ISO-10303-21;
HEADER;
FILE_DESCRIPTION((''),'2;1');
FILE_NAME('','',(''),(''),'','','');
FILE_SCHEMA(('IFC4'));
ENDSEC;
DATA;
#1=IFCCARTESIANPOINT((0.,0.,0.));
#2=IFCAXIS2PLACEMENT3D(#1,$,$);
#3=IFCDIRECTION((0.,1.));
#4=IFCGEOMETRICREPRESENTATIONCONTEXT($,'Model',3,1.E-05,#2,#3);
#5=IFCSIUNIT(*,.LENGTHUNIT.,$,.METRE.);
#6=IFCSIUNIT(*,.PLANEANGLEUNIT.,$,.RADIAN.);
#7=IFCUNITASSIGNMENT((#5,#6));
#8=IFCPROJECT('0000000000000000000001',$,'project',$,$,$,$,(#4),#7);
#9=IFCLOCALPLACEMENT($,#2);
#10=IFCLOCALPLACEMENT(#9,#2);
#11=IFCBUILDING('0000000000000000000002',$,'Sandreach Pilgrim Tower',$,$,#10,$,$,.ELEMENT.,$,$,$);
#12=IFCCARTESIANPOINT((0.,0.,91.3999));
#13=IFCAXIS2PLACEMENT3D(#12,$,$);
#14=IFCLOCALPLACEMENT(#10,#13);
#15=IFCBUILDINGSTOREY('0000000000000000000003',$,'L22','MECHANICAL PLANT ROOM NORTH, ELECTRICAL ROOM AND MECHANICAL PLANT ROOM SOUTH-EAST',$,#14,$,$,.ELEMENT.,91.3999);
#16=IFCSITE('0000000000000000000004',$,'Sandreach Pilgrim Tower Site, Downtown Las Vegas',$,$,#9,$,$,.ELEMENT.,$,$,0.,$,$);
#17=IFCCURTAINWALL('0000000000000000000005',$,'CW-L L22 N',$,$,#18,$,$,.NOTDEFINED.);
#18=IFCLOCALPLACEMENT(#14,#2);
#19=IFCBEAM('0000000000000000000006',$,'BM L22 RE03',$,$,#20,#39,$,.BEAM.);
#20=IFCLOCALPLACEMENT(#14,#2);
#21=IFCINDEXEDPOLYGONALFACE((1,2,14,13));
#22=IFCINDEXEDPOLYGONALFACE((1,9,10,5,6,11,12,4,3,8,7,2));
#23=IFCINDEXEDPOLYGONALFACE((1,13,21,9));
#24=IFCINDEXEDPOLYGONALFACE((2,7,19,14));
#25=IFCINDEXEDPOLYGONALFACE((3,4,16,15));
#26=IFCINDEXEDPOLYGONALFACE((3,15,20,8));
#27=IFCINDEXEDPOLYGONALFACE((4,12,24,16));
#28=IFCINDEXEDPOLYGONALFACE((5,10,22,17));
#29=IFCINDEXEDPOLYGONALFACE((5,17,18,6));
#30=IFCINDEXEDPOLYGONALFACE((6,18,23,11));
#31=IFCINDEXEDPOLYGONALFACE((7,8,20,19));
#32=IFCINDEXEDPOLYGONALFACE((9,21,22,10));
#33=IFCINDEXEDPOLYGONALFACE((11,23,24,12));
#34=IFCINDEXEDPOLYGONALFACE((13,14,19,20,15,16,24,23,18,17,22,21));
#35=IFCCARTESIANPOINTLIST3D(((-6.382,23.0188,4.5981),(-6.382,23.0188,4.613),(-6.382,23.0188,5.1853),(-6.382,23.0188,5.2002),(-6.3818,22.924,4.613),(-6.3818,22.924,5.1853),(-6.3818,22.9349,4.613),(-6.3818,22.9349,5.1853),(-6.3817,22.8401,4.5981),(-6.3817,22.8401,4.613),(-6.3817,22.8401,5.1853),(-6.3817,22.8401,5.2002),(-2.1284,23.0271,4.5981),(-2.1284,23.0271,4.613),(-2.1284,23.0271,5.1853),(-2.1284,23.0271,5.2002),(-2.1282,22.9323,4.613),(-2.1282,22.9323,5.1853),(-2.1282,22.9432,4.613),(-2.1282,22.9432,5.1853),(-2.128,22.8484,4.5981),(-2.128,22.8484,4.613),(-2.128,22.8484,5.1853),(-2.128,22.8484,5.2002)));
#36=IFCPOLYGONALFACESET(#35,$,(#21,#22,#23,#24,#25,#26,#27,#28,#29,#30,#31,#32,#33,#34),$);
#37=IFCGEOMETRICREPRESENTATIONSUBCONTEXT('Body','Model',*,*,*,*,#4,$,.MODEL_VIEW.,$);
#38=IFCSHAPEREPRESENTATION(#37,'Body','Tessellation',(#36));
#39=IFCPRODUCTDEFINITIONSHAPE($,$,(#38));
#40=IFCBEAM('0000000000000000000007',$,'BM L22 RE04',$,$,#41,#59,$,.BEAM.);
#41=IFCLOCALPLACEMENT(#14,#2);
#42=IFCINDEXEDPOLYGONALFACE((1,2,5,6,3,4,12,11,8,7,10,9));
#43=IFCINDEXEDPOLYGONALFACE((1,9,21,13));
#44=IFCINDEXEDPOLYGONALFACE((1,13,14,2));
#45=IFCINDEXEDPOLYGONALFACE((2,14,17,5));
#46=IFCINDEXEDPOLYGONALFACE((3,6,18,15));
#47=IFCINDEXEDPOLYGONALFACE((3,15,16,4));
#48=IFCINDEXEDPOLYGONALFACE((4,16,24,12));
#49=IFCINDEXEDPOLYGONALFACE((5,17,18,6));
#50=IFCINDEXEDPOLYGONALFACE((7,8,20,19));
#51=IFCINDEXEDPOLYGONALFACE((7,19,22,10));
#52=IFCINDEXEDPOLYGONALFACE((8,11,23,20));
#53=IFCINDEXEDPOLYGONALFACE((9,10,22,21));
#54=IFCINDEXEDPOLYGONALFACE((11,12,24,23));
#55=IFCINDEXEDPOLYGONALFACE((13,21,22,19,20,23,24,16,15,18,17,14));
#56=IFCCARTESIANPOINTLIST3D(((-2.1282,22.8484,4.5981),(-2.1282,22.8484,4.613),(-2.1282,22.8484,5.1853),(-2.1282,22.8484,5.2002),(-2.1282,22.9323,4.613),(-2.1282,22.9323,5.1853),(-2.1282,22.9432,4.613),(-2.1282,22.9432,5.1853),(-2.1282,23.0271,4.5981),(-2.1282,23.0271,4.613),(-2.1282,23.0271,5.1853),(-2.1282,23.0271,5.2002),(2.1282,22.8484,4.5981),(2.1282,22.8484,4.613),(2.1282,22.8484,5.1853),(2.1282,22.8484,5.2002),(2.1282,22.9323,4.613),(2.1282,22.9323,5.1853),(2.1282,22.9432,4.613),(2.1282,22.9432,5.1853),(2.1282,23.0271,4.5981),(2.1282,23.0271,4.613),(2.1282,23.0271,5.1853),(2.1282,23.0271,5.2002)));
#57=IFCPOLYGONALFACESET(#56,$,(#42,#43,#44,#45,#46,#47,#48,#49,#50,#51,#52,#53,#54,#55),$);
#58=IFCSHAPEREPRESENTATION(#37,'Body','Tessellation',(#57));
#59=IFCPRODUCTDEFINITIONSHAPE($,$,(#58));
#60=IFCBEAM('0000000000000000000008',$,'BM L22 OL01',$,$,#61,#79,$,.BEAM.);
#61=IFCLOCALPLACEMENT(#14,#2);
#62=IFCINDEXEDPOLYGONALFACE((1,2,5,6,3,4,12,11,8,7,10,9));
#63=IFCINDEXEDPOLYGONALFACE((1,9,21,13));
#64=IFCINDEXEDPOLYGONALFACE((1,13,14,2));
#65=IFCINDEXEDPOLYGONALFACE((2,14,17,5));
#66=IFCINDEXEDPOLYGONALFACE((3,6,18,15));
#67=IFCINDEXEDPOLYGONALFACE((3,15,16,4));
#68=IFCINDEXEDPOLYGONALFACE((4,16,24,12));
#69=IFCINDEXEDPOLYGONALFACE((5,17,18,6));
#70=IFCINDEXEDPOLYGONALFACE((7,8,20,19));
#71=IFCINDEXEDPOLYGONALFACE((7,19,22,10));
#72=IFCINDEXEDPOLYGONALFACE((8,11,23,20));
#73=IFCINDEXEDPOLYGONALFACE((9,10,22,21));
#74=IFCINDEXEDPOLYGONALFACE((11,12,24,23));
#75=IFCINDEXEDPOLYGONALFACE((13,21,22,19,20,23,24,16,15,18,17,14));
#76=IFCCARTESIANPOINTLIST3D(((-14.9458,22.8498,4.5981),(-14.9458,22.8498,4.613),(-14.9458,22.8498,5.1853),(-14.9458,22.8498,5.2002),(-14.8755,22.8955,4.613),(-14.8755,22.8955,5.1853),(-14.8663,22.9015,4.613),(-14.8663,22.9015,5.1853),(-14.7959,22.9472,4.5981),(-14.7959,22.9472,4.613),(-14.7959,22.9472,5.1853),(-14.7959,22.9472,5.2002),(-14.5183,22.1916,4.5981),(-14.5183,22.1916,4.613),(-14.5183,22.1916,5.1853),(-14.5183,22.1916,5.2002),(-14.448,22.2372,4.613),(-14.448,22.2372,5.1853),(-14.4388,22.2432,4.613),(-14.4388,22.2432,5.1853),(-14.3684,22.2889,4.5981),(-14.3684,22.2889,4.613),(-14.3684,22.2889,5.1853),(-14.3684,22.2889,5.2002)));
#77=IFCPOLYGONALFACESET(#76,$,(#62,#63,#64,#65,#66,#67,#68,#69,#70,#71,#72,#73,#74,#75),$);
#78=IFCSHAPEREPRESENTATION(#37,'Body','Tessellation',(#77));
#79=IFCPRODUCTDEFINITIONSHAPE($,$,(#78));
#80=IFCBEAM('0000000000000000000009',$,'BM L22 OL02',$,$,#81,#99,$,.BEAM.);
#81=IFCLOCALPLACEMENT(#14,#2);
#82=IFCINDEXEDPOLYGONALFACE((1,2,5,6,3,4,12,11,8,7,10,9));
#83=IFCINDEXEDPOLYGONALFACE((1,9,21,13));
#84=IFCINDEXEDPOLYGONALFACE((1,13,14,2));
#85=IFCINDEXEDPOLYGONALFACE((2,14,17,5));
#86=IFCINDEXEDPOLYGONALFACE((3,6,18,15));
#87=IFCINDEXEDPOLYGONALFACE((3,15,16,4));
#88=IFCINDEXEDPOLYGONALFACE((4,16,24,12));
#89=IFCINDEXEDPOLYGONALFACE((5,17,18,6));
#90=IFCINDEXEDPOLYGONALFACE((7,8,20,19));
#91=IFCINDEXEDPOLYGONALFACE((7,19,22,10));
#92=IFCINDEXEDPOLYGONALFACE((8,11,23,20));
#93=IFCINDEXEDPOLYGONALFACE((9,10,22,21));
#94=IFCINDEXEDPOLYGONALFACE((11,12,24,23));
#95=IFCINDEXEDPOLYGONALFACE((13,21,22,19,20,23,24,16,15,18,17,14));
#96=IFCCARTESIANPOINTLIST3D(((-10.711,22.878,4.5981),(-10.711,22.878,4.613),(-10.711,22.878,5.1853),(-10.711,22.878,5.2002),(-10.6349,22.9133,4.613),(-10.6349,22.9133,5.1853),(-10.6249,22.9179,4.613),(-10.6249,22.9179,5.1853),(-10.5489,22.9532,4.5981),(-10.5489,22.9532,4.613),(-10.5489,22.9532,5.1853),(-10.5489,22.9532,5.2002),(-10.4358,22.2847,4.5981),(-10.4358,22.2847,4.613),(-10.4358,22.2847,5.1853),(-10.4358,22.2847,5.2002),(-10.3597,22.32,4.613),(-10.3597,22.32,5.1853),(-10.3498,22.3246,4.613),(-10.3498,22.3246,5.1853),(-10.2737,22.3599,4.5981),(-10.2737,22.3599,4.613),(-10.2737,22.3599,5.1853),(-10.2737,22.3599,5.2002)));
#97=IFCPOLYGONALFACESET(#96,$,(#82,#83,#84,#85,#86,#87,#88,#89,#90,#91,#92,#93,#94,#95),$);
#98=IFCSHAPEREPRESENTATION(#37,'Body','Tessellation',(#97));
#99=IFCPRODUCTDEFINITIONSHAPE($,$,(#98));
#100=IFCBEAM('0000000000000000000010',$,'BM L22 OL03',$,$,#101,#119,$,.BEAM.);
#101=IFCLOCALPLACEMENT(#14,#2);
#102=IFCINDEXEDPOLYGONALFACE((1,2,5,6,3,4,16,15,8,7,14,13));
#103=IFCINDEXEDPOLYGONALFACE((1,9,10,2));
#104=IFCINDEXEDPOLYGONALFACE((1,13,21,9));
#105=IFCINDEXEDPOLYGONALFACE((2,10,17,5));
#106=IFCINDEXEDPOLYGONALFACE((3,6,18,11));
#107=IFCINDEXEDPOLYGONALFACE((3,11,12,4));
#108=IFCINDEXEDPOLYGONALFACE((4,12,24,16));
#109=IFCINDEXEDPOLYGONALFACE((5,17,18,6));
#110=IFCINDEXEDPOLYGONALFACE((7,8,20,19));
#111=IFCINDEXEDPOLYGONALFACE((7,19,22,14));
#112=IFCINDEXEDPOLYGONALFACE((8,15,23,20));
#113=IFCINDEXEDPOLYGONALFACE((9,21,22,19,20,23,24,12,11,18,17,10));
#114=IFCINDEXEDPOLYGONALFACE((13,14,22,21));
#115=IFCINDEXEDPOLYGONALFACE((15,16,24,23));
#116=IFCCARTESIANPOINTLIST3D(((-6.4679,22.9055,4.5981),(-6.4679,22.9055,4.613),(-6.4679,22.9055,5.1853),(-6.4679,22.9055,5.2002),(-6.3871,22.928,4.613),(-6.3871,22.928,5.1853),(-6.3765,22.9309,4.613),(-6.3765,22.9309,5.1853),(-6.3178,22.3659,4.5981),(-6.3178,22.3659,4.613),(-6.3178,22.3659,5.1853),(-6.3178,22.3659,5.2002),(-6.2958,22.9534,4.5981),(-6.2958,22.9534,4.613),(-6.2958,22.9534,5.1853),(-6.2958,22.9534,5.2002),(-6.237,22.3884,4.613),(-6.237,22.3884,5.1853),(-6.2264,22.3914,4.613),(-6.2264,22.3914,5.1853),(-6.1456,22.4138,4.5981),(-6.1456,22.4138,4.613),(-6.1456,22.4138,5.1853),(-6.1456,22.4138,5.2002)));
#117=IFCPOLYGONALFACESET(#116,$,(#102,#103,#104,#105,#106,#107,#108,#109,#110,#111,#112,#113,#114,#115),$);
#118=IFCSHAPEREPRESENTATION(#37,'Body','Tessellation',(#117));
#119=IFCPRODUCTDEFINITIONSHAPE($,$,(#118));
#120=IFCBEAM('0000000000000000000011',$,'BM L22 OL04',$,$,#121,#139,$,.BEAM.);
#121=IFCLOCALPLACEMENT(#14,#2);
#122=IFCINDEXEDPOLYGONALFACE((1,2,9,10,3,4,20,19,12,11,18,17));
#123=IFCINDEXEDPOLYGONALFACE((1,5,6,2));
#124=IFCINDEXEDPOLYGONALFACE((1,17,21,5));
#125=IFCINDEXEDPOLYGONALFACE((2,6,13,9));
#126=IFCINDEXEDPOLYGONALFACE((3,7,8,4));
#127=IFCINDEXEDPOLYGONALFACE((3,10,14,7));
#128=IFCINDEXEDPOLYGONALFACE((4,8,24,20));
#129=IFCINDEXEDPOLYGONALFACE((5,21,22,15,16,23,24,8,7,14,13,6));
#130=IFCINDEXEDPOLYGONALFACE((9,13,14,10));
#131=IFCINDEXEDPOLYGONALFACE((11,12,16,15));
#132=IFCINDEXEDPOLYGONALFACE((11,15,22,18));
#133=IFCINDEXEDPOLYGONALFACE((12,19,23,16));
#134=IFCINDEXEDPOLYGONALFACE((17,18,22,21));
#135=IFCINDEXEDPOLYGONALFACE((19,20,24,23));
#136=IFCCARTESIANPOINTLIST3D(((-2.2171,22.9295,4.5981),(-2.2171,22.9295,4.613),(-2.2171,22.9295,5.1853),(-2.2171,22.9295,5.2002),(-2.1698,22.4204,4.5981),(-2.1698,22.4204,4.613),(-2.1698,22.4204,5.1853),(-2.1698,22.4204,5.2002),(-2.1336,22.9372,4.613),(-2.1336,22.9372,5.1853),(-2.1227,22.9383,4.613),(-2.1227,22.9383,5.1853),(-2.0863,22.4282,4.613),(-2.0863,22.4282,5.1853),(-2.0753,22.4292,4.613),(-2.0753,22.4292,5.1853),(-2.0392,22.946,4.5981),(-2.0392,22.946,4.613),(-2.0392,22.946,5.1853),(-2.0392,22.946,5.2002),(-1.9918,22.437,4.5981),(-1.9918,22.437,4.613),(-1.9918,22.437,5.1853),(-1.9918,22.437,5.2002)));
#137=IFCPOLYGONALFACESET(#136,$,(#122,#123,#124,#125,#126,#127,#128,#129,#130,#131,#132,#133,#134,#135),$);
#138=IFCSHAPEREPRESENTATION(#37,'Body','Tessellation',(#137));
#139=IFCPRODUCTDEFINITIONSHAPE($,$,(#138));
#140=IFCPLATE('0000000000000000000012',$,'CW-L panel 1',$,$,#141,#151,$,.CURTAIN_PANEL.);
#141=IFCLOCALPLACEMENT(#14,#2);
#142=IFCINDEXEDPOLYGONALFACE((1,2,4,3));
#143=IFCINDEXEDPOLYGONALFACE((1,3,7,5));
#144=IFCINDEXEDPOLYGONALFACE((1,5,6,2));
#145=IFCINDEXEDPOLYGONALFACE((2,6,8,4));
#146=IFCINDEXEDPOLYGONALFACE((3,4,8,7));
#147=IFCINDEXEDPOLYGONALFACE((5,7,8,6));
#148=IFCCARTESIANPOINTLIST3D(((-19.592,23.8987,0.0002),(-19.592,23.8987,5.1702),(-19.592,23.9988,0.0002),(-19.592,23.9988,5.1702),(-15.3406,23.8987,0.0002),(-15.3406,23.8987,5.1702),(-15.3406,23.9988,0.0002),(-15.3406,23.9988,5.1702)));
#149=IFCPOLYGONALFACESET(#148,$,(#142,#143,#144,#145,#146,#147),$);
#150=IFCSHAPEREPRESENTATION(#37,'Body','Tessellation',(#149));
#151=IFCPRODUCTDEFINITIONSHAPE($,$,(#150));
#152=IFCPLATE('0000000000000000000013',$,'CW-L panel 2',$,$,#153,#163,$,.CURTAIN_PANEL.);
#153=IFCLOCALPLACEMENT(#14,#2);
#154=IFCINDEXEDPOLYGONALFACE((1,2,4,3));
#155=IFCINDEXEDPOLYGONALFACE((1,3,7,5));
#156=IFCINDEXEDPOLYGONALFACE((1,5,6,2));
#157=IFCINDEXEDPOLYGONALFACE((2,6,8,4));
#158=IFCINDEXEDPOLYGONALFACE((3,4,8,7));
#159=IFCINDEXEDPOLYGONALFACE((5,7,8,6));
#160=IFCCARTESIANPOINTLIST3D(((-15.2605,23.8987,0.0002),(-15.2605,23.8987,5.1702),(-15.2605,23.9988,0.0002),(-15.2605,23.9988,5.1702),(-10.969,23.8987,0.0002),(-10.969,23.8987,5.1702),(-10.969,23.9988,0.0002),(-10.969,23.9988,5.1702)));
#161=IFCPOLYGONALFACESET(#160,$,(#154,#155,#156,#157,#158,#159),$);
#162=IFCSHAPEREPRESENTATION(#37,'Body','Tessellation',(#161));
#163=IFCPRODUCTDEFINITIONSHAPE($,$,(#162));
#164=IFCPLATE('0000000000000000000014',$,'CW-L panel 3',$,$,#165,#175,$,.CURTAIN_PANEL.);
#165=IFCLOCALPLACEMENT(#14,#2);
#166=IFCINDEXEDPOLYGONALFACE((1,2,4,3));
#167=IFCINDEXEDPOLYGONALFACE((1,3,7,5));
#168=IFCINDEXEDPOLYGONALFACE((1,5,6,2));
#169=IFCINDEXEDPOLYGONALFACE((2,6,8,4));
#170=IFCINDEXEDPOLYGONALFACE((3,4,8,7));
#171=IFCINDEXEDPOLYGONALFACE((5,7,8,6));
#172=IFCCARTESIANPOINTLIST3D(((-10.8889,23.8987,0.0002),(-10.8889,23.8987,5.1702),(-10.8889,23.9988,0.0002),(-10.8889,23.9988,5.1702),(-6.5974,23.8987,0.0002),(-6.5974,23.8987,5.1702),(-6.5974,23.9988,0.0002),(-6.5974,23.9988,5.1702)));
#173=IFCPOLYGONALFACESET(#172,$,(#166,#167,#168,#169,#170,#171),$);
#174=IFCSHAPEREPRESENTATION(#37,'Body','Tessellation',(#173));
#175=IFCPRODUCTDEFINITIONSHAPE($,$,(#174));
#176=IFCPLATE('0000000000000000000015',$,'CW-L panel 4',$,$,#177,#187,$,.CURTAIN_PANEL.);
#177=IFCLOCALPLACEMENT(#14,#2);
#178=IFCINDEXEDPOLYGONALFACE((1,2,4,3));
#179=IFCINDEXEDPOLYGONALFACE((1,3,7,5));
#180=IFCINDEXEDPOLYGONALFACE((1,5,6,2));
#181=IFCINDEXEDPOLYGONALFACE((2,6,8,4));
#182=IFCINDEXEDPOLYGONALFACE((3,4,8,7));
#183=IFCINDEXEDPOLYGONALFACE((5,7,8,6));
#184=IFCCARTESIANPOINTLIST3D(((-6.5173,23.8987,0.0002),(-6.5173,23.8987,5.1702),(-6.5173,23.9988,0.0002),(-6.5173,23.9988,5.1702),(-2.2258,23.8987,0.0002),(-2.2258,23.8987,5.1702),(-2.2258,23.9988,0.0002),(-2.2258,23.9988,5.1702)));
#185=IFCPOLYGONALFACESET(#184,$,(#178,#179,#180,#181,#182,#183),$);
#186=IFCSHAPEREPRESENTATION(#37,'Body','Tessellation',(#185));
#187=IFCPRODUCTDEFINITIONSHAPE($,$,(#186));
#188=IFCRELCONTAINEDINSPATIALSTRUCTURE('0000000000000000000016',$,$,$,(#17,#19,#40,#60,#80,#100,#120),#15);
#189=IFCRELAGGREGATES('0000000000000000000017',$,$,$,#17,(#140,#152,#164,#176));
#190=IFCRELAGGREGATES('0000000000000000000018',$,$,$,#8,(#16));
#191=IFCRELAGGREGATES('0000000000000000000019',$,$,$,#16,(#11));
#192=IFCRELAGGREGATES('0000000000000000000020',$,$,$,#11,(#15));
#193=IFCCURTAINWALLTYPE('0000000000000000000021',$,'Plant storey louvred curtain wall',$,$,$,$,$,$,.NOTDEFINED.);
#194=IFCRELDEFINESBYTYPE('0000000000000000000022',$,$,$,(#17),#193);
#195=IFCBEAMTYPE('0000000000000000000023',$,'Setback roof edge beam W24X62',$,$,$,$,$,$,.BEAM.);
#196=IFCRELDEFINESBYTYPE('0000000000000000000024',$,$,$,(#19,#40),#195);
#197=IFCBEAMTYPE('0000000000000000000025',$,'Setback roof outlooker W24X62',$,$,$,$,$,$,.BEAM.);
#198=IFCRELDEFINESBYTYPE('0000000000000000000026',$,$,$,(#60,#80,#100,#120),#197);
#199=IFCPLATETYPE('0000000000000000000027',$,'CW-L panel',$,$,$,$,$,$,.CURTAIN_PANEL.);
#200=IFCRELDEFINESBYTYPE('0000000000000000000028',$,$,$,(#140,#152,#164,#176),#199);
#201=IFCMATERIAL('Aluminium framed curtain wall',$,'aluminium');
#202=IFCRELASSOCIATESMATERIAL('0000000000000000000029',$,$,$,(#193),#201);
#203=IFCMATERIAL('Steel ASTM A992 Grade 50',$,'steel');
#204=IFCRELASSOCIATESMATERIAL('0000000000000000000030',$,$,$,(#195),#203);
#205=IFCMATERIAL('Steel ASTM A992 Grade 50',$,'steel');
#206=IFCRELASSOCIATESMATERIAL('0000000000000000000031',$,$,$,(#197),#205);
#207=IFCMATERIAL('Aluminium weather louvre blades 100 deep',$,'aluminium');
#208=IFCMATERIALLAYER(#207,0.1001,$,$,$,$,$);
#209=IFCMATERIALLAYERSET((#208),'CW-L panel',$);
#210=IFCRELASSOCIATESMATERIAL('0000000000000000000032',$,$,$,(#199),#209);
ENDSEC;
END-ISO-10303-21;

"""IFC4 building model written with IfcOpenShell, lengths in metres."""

from ifc_helpers import new_model, si_unit, direction, frame, origin, origin_2d, place, context, subcontext, project, spatial, rectangle, i_section, extrude, material, layer, layer_set, material_profile, profile_set, type_object, element, aggregate, save


model = new_model("IFC4")

# Units and contexts
model_context = context("Model", 3, precision=1e-05, world=origin(), true_north=direction((0.0, 1.0)))
body_context = subcontext(model_context, "Body", "Model", "MODEL_VIEW")
ifc_project = project(units=[si_unit("LENGTHUNIT", "METRE"), si_unit("PLANEANGLEUNIT", "RADIAN")], contexts=[model_context])

# Site, building, storey
site_placement = place(None, origin())
site = spatial("IfcSite", under=ifc_project, at=site_placement, Name="Sandreach Pilgrim Tower Site, Downtown Las Vegas", CompositionType="ELEMENT", RefElevation=0.0)
building_placement = place(site_placement, origin())
building = spatial("IfcBuilding", under=site, at=building_placement, Name="Sandreach Pilgrim Tower", CompositionType="ELEMENT")
storey_placement = place(building_placement, frame((0.0, 0.0, 91.3999)))
storey = spatial("IfcBuildingStorey", under=building, at=storey_placement, Name="L22", Description="MECHANICAL PLANT ROOM NORTH, ELECTRICAL ROOM AND MECHANICAL PLANT ROOM SOUTH-EAST", CompositionType="ELEMENT", Elevation=91.3999)

# Curtain wall
ifc_material_1 = material(Name="Aluminium framed curtain wall", Category="aluminium")
curtain_wall_type = type_object("IfcCurtainWallType", Name="Plant storey louvred curtain wall", PredefinedType="NOTDEFINED", material=ifc_material_1)
curtain_wall_placement = place(storey_placement, origin())
curtain_wall = element("IfcCurtainWall", 1, at=curtain_wall_placement, inside=storey, type_object=curtain_wall_type, Name="CW-L L22 N", PredefinedType="NOTDEFINED")

# Beams
ifc_material_2 = material(Name="Steel ASTM A992 Grade 50", Category="steel")
ifc_material_profile_1 = material_profile(ifc_material_2, i_section(OverallWidth=0.1787, OverallDepth=0.6021, WebThickness=0.011, FlangeThickness=0.0149, at=origin_2d()), Name="W24X62")
ifc_profile_set_1 = profile_set([ifc_material_profile_1], Name="Steel ASTM A992 Grade 50")
beam_type_1 = type_object("IfcBeamType", Name="Setback roof edge beam W24X62", PredefinedType="BEAM", material=ifc_profile_set_1)
beam_1_placement = place(storey_placement, frame((-6.3818, 22.9294, 4.8992), z_axis=(0.999998, 0.001951, 0.0), x_axis=(-0.001951, 0.999998, 0.0)))
element("IfcBeam", 2, at=beam_1_placement, inside=storey, type_object=beam_type_1, Name="BM L22 RE03", PredefinedType="BEAM", context=body_context, shape_type="SweptSolid", body=[
    extrude(i_section(OverallWidth=0.1787, OverallDepth=0.6021, WebThickness=0.011, FlangeThickness=0.0149, at=origin_2d()), origin(), (0.0, 0.0, 1.0), 4.2537),
])
beam_2_placement = place(storey_placement, frame((-2.1282, 22.9377, 4.8992), z_axis=(1.0, 0.0, 0.0), x_axis=(0.0, 1.0, 0.0)))
element("IfcBeam", 3, at=beam_2_placement, inside=storey, type_object=beam_type_1, Name="BM L22 RE04", PredefinedType="BEAM", context=body_context, shape_type="SweptSolid", body=[
    extrude(i_section(OverallWidth=0.1787, OverallDepth=0.6021, WebThickness=0.011, FlangeThickness=0.0149, at=origin_2d()), origin(), (0.0, 0.0, 1.0), 4.2563),
])
ifc_material_3 = material(Name="Steel ASTM A992 Grade 50", Category="steel")
ifc_material_profile_2 = material_profile(ifc_material_3, i_section(OverallWidth=0.1787, OverallDepth=0.6021, WebThickness=0.011, FlangeThickness=0.0149, at=origin_2d()), Name="W24X62")
ifc_profile_set_2 = profile_set([ifc_material_profile_2], Name="Steel ASTM A992 Grade 50")
beam_type_2 = type_object("IfcBeamType", Name="Setback roof outlooker W24X62", PredefinedType="BEAM", material=ifc_profile_set_2)
beam_3_placement = place(storey_placement, frame((-14.4434, 22.2402, 4.8992), z_axis=(-0.544682, 0.838643, 0.0), x_axis=(-0.838643, -0.544682, 0.0)))
element("IfcBeam", 4, at=beam_3_placement, inside=storey, type_object=beam_type_2, Name="BM L22 OL01", PredefinedType="BEAM", context=body_context, shape_type="SweptSolid", body=[
    extrude(i_section(OverallWidth=0.1787, OverallDepth=0.6021, WebThickness=0.011, FlangeThickness=0.0149, at=origin_2d()), origin(), (0.0, 0.0, 1.0), 0.7849),
])
beam_4_placement = place(storey_placement, frame((-10.3547, 22.3223, 4.8992), z_axis=(-0.420738, 0.907182, 0.0), x_axis=(-0.907182, -0.420738, 0.0)))
element("IfcBeam", 5, at=beam_4_placement, inside=storey, type_object=beam_type_2, Name="BM L22 OL02", PredefinedType="BEAM", context=body_context, shape_type="SweptSolid", body=[
    extrude(i_section(OverallWidth=0.1787, OverallDepth=0.6021, WebThickness=0.011, FlangeThickness=0.0149, at=origin_2d()), origin(), (0.0, 0.0, 1.0), 0.6541),
])
beam_5_placement = place(storey_placement, frame((-6.2317, 22.3899, 4.8992), z_axis=(-0.268093, 0.963393, 0.0), x_axis=(-0.963393, -0.268093, 0.0)))
element("IfcBeam", 6, at=beam_5_placement, inside=storey, type_object=beam_type_2, Name="BM L22 OL03", PredefinedType="BEAM", context=body_context, shape_type="SweptSolid", body=[
    extrude(i_section(OverallWidth=0.1787, OverallDepth=0.6021, WebThickness=0.011, FlangeThickness=0.0149, at=origin_2d()), origin(), (0.0, 0.0, 1.0), 0.5601),
])
beam_6_placement = place(storey_placement, frame((-2.0808, 22.4287, 4.8992), z_axis=(-0.092645, 0.995699, 0.0), x_axis=(-0.995699, -0.092645, 0.0)))
element("IfcBeam", 7, at=beam_6_placement, inside=storey, type_object=beam_type_2, Name="BM L22 OL04", PredefinedType="BEAM", context=body_context, shape_type="SweptSolid", body=[
    extrude(i_section(OverallWidth=0.1787, OverallDepth=0.6021, WebThickness=0.011, FlangeThickness=0.0149, at=origin_2d()), origin(), (0.0, 0.0, 1.0), 0.5112),
])

# Plates
ifc_material_4 = material(Name="Aluminium weather louvre blades 100 deep", Category="aluminium")
ifc_layer = layer(ifc_material_4, 0.1001)
ifc_layer_set = layer_set([ifc_layer], Name="CW-L panel")
plate_type = type_object("IfcPlateType", Name="CW-L panel", PredefinedType="CURTAIN_PANEL", material=ifc_layer_set)
plate_1_placement = place(storey_placement, frame((-17.4663, 23.9487, 0.0002), z_axis=(0.0, 0.0, 1.0), x_axis=(1.0, 0.0, 0.0)))
plate_1 = element("IfcPlate", 8, at=plate_1_placement, type_object=plate_type, Name="CW-L panel 1", PredefinedType="CURTAIN_PANEL", context=body_context, shape_type="SweptSolid", body=[
    extrude(rectangle(XDim=4.2515, YDim=0.1001, at=origin_2d()), origin(), (0.0, 0.0, 1.0), 5.1699),
])
plate_2_placement = place(storey_placement, frame((-13.1147, 23.9487, 0.0002), z_axis=(0.0, 0.0, 1.0), x_axis=(1.0, 0.0, 0.0)))
plate_2 = element("IfcPlate", 9, at=plate_2_placement, type_object=plate_type, Name="CW-L panel 2", PredefinedType="CURTAIN_PANEL", context=body_context, shape_type="SweptSolid", body=[
    extrude(rectangle(XDim=4.2915, YDim=0.1001, at=origin_2d()), origin(), (0.0, 0.0, 1.0), 5.1699),
])
plate_3_placement = place(storey_placement, frame((-8.7432, 23.9487, 0.0002), z_axis=(0.0, 0.0, 1.0), x_axis=(1.0, 0.0, 0.0)))
plate_3 = element("IfcPlate", 10, at=plate_3_placement, type_object=plate_type, Name="CW-L panel 3", PredefinedType="CURTAIN_PANEL", context=body_context, shape_type="SweptSolid", body=[
    extrude(rectangle(XDim=4.2915, YDim=0.1001, at=origin_2d()), origin(), (0.0, 0.0, 1.0), 5.1699),
])
plate_4_placement = place(storey_placement, frame((-4.3716, 23.9487, 0.0002), z_axis=(0.0, 0.0, 1.0), x_axis=(1.0, 0.0, 0.0)))
plate_4 = element("IfcPlate", 11, at=plate_4_placement, type_object=plate_type, Name="CW-L panel 4", PredefinedType="CURTAIN_PANEL", context=body_context, shape_type="SweptSolid", body=[
    extrude(rectangle(XDim=4.2915, YDim=0.1001, at=origin_2d()), origin(), (0.0, 0.0, 1.0), 5.1699),
])
aggregate(curtain_wall, [plate_1, plate_2, plate_3, plate_4])

save(model, "model.ifc")
